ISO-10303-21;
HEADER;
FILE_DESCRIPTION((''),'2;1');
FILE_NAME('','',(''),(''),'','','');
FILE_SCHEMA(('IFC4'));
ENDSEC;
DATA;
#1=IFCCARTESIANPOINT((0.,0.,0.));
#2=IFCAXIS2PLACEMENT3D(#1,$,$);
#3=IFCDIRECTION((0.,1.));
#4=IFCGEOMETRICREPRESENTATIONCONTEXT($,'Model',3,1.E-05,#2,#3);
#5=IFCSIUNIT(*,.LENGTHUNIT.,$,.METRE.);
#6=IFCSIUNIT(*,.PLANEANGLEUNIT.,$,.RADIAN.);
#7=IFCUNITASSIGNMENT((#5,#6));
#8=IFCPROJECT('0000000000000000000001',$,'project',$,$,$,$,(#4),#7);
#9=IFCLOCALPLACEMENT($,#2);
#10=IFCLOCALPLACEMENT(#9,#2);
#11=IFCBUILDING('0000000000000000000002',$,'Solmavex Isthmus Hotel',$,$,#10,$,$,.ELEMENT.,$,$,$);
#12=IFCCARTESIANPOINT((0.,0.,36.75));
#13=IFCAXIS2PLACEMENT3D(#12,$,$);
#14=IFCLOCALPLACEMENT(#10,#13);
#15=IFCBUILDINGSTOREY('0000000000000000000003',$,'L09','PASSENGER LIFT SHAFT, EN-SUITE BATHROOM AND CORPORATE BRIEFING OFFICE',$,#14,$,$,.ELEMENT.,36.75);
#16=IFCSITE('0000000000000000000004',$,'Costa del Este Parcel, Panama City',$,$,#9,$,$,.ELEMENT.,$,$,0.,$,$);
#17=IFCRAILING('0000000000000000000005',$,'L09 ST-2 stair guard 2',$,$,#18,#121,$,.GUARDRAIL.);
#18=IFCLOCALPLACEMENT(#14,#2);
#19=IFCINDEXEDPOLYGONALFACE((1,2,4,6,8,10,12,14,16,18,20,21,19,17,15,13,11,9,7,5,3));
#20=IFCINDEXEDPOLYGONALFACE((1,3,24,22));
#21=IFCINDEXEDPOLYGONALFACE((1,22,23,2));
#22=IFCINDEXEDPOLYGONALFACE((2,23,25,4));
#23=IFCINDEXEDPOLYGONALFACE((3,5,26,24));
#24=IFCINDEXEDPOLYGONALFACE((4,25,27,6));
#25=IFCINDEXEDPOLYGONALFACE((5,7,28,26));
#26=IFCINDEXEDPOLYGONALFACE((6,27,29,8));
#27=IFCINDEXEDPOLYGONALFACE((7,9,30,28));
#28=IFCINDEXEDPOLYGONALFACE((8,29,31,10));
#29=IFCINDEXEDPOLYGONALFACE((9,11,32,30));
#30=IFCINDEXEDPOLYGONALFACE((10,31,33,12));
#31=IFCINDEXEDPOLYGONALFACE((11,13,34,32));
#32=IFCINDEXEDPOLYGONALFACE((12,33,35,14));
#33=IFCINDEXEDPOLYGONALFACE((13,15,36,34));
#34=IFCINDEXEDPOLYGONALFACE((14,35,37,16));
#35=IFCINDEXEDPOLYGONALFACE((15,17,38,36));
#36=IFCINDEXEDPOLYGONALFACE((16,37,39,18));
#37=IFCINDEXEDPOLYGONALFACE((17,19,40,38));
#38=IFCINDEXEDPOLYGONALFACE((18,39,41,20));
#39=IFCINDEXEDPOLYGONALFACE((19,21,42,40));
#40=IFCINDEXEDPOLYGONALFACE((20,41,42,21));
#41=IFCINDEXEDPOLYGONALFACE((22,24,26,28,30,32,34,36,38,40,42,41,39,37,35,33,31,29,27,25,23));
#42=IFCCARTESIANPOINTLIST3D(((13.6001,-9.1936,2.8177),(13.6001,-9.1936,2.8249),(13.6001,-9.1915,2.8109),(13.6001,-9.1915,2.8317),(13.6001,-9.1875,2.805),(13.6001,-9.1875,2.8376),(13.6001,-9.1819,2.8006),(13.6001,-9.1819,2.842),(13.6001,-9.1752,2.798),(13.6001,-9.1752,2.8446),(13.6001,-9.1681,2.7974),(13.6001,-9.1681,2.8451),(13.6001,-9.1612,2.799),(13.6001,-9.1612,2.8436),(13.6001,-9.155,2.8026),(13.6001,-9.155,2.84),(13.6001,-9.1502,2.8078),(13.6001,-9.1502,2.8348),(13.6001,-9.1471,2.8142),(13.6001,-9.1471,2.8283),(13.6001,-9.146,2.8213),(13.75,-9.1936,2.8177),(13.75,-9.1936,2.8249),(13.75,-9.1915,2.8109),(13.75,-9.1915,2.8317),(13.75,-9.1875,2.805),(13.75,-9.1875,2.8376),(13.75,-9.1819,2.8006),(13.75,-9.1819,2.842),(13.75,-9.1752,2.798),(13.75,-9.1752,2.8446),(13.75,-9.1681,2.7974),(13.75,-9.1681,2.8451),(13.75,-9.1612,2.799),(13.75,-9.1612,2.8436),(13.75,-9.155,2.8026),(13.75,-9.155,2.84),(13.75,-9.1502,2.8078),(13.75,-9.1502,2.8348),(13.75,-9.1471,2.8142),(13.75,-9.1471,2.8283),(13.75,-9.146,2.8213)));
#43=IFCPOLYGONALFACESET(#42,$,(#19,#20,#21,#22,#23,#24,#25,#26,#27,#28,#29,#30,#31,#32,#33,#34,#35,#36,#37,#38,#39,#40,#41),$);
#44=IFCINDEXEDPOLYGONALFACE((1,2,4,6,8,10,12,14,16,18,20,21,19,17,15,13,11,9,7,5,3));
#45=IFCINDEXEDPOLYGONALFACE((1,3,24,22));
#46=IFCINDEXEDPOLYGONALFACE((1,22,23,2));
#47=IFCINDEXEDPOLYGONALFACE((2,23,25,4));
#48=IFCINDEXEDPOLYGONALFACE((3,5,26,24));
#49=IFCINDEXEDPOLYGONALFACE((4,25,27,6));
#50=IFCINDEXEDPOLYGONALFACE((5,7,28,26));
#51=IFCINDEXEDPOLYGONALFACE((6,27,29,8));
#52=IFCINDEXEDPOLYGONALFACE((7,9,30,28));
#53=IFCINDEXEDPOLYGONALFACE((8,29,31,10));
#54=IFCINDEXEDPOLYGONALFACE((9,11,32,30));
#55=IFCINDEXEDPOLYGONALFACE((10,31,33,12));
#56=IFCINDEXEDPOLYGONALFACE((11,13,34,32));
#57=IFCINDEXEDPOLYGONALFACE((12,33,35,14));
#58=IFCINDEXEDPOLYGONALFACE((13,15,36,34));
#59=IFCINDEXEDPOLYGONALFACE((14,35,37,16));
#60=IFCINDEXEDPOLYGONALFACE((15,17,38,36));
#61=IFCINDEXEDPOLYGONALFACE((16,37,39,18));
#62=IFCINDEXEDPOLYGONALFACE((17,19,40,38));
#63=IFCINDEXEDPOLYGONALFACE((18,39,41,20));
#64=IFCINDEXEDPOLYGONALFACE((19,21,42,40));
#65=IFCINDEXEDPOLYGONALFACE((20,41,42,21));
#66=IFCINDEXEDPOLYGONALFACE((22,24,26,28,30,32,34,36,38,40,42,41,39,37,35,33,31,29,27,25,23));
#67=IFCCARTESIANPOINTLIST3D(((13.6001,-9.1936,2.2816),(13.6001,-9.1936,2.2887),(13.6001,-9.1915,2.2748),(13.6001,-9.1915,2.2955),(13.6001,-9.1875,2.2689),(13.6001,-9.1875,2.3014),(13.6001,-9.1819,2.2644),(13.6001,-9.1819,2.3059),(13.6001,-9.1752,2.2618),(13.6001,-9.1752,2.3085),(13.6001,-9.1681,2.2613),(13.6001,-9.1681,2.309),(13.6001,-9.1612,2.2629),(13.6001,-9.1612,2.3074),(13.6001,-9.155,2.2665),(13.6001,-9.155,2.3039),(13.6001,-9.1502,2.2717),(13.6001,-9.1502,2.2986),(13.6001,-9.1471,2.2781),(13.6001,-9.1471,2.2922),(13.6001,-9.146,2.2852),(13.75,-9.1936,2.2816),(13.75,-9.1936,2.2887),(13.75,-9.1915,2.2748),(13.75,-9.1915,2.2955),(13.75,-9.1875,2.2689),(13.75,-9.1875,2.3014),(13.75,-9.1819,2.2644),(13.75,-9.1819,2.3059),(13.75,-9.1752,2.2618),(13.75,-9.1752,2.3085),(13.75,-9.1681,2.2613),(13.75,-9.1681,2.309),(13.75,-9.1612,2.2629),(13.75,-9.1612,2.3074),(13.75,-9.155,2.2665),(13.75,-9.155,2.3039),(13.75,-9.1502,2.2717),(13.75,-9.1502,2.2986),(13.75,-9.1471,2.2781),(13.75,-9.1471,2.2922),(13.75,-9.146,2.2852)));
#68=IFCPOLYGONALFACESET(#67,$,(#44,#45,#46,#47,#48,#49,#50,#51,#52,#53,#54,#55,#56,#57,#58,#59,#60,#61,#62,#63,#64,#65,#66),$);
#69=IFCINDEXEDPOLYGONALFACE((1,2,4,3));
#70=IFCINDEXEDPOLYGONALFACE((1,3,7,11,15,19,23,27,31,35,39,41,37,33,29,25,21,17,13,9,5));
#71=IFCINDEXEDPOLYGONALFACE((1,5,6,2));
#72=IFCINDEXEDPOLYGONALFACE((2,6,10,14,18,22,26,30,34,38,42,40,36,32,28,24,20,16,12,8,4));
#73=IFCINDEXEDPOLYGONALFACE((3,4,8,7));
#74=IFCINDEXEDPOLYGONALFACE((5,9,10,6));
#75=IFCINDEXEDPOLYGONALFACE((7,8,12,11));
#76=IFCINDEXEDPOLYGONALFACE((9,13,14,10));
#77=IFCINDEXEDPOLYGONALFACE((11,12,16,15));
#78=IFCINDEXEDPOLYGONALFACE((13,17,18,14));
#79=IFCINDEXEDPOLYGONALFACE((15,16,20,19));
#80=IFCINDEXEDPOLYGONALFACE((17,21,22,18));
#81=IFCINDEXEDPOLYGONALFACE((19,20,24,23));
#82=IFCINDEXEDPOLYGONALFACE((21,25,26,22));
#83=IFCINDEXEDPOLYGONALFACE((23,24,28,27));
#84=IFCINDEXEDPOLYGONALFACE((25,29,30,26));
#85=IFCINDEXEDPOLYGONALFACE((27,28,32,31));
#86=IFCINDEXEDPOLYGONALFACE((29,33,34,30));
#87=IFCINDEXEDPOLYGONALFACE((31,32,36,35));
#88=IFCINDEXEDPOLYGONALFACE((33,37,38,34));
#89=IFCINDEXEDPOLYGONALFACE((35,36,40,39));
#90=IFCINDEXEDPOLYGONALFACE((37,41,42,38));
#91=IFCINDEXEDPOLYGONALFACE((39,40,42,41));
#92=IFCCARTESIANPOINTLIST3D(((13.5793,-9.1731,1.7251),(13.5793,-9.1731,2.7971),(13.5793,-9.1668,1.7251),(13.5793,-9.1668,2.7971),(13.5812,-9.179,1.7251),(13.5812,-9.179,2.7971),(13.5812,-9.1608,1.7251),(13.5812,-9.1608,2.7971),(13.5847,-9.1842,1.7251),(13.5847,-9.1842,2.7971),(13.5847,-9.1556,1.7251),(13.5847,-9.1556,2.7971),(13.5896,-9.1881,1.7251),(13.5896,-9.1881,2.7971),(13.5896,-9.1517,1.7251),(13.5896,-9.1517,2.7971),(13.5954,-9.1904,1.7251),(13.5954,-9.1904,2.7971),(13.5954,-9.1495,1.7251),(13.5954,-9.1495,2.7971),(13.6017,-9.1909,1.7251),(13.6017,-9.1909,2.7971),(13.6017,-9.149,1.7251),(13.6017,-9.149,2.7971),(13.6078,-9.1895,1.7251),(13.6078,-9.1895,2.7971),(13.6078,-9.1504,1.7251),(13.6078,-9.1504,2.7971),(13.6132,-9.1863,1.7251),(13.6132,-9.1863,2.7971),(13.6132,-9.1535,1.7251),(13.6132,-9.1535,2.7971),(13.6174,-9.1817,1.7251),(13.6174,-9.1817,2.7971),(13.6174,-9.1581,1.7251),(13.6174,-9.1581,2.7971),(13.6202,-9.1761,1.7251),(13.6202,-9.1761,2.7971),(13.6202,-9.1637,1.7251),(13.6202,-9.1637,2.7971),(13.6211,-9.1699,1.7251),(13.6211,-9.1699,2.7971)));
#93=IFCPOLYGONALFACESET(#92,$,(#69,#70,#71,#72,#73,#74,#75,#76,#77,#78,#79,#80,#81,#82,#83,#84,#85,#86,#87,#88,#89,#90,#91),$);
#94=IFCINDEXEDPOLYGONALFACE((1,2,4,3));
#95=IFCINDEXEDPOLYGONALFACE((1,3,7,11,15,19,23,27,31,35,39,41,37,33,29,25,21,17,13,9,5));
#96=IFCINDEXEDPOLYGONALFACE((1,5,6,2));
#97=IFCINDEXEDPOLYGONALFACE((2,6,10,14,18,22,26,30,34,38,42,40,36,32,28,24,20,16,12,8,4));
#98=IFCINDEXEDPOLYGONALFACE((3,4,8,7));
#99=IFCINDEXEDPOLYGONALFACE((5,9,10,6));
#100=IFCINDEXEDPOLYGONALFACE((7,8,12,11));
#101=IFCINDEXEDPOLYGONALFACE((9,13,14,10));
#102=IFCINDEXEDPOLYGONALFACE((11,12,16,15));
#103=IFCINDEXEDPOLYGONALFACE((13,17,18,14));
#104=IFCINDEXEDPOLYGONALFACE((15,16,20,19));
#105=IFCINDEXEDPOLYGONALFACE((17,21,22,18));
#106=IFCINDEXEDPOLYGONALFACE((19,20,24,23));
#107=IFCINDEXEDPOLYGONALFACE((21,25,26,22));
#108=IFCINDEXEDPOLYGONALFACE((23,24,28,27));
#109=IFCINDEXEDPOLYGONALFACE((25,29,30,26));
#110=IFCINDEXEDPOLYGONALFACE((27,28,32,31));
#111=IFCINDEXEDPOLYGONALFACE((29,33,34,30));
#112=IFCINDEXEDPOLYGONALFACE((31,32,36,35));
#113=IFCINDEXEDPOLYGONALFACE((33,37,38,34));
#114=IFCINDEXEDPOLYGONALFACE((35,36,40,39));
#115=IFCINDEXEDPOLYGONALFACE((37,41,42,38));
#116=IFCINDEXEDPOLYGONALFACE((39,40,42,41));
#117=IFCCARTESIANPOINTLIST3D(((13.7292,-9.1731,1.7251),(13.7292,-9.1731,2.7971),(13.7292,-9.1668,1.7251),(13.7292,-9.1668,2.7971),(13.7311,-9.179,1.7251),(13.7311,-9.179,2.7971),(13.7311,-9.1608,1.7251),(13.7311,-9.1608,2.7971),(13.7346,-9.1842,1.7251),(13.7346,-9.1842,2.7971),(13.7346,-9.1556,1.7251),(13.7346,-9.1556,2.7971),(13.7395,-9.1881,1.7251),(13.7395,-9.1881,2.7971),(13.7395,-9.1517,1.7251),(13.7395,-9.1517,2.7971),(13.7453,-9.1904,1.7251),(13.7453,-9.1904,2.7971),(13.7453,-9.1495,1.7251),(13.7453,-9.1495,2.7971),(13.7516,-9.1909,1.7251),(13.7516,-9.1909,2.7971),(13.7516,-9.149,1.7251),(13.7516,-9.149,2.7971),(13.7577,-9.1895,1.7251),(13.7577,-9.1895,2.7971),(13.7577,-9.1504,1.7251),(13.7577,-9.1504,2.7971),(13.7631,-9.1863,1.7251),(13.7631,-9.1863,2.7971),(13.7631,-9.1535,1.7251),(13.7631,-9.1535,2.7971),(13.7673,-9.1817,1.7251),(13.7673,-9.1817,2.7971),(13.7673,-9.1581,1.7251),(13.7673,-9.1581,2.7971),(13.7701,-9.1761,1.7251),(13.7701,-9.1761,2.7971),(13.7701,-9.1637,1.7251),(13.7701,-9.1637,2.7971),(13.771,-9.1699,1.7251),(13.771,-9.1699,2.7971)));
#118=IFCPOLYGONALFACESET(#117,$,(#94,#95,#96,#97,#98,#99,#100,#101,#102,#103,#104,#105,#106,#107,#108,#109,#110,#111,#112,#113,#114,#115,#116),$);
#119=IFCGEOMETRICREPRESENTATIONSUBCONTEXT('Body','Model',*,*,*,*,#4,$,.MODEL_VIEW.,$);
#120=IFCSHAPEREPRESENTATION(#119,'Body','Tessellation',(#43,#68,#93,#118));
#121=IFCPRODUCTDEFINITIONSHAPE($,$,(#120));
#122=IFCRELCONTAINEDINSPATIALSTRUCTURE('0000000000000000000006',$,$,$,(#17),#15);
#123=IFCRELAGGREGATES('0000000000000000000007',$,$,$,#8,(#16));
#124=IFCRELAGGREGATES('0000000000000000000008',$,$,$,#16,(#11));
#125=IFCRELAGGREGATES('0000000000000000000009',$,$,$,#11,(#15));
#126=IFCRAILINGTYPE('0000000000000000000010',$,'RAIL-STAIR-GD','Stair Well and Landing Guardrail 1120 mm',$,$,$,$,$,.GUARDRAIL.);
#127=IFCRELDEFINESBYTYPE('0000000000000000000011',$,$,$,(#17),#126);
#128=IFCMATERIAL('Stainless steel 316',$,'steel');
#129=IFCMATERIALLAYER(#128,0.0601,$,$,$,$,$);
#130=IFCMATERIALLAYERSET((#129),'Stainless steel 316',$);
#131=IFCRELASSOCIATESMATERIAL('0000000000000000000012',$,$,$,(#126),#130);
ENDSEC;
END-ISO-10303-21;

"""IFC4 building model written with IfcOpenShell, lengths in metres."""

from ifc_helpers import new_model, si_unit, direction, frame, origin, origin_2d, place, context, subcontext, project, spatial, circle, extrude, material, layer, layer_set, type_object, element, save


model = new_model("IFC4")

# Units and contexts
model_context = context("Model", 3, precision=1e-05, world=origin(), true_north=direction((0.0, 1.0)))
body_context = subcontext(model_context, "Body", "Model", "MODEL_VIEW")
ifc_project = project(units=[si_unit("LENGTHUNIT", "METRE"), si_unit("PLANEANGLEUNIT", "RADIAN")], contexts=[model_context])

# Site, building, storey
site_placement = place(None, origin())
site = spatial("IfcSite", under=ifc_project, at=site_placement, Name="Costa del Este Parcel, Panama City", CompositionType="ELEMENT", RefElevation=0.0)
building_placement = place(site_placement, origin())
building = spatial("IfcBuilding", under=site, at=building_placement, Name="Solmavex Isthmus Hotel", CompositionType="ELEMENT")
storey_placement = place(building_placement, frame((0.0, 0.0, 36.75)))
storey = spatial("IfcBuildingStorey", under=building, at=storey_placement, Name="L09", Description="PASSENGER LIFT SHAFT, EN-SUITE BATHROOM AND CORPORATE BRIEFING OFFICE", CompositionType="ELEMENT", Elevation=36.75)

# Railing
ifc_material_1 = material(Name="Stainless steel 316", Category="steel")
ifc_layer_1 = layer(ifc_material_1, 0.0601)
ifc_layer_set_1 = layer_set([ifc_layer_1], Name="Stainless steel 316")
railing_type_1 = type_object("IfcRailingType", Name="RAIL-STAIR-GD", Description="Stair Well and Landing Guardrail 1120 mm", PredefinedType="GUARDRAIL", material=ifc_layer_set_1)
railing_1_placement = place(storey_placement, frame((13.6001, -9.1699, 1.7251)))
element("IfcRailing", 1, at=railing_1_placement, inside=storey, type_object=railing_type_1, Name="L09 ST-2 stair guard 2", PredefinedType="GUARDRAIL", context=body_context, shape_type="SweptSolid", body=[
    extrude(circle(Radius=0.0239, at=origin_2d()), frame((0.0, 0.0, 1.0962), z_axis=(1.0, 0.0, 0.0), x_axis=(0.0, 1.0, 0.0)), (0.0, 0.0, 1.0), 0.1499),
    extrude(circle(Radius=0.0239, at=origin_2d()), frame((0.0, 0.0, 0.5601), z_axis=(1.0, 0.0, 0.0), x_axis=(0.0, 1.0, 0.0)), (0.0, 0.0, 1.0), 0.1499),
    extrude(circle(Radius=0.021, at=origin_2d()), origin(), (0.0, 0.0, 1.0), 1.072),
    extrude(circle(Radius=0.021, at=origin_2d()), frame((0.1499, 0.0, 0.0)), (0.0, 0.0, 1.0), 1.072),
])

save(model, "model.ifc")
